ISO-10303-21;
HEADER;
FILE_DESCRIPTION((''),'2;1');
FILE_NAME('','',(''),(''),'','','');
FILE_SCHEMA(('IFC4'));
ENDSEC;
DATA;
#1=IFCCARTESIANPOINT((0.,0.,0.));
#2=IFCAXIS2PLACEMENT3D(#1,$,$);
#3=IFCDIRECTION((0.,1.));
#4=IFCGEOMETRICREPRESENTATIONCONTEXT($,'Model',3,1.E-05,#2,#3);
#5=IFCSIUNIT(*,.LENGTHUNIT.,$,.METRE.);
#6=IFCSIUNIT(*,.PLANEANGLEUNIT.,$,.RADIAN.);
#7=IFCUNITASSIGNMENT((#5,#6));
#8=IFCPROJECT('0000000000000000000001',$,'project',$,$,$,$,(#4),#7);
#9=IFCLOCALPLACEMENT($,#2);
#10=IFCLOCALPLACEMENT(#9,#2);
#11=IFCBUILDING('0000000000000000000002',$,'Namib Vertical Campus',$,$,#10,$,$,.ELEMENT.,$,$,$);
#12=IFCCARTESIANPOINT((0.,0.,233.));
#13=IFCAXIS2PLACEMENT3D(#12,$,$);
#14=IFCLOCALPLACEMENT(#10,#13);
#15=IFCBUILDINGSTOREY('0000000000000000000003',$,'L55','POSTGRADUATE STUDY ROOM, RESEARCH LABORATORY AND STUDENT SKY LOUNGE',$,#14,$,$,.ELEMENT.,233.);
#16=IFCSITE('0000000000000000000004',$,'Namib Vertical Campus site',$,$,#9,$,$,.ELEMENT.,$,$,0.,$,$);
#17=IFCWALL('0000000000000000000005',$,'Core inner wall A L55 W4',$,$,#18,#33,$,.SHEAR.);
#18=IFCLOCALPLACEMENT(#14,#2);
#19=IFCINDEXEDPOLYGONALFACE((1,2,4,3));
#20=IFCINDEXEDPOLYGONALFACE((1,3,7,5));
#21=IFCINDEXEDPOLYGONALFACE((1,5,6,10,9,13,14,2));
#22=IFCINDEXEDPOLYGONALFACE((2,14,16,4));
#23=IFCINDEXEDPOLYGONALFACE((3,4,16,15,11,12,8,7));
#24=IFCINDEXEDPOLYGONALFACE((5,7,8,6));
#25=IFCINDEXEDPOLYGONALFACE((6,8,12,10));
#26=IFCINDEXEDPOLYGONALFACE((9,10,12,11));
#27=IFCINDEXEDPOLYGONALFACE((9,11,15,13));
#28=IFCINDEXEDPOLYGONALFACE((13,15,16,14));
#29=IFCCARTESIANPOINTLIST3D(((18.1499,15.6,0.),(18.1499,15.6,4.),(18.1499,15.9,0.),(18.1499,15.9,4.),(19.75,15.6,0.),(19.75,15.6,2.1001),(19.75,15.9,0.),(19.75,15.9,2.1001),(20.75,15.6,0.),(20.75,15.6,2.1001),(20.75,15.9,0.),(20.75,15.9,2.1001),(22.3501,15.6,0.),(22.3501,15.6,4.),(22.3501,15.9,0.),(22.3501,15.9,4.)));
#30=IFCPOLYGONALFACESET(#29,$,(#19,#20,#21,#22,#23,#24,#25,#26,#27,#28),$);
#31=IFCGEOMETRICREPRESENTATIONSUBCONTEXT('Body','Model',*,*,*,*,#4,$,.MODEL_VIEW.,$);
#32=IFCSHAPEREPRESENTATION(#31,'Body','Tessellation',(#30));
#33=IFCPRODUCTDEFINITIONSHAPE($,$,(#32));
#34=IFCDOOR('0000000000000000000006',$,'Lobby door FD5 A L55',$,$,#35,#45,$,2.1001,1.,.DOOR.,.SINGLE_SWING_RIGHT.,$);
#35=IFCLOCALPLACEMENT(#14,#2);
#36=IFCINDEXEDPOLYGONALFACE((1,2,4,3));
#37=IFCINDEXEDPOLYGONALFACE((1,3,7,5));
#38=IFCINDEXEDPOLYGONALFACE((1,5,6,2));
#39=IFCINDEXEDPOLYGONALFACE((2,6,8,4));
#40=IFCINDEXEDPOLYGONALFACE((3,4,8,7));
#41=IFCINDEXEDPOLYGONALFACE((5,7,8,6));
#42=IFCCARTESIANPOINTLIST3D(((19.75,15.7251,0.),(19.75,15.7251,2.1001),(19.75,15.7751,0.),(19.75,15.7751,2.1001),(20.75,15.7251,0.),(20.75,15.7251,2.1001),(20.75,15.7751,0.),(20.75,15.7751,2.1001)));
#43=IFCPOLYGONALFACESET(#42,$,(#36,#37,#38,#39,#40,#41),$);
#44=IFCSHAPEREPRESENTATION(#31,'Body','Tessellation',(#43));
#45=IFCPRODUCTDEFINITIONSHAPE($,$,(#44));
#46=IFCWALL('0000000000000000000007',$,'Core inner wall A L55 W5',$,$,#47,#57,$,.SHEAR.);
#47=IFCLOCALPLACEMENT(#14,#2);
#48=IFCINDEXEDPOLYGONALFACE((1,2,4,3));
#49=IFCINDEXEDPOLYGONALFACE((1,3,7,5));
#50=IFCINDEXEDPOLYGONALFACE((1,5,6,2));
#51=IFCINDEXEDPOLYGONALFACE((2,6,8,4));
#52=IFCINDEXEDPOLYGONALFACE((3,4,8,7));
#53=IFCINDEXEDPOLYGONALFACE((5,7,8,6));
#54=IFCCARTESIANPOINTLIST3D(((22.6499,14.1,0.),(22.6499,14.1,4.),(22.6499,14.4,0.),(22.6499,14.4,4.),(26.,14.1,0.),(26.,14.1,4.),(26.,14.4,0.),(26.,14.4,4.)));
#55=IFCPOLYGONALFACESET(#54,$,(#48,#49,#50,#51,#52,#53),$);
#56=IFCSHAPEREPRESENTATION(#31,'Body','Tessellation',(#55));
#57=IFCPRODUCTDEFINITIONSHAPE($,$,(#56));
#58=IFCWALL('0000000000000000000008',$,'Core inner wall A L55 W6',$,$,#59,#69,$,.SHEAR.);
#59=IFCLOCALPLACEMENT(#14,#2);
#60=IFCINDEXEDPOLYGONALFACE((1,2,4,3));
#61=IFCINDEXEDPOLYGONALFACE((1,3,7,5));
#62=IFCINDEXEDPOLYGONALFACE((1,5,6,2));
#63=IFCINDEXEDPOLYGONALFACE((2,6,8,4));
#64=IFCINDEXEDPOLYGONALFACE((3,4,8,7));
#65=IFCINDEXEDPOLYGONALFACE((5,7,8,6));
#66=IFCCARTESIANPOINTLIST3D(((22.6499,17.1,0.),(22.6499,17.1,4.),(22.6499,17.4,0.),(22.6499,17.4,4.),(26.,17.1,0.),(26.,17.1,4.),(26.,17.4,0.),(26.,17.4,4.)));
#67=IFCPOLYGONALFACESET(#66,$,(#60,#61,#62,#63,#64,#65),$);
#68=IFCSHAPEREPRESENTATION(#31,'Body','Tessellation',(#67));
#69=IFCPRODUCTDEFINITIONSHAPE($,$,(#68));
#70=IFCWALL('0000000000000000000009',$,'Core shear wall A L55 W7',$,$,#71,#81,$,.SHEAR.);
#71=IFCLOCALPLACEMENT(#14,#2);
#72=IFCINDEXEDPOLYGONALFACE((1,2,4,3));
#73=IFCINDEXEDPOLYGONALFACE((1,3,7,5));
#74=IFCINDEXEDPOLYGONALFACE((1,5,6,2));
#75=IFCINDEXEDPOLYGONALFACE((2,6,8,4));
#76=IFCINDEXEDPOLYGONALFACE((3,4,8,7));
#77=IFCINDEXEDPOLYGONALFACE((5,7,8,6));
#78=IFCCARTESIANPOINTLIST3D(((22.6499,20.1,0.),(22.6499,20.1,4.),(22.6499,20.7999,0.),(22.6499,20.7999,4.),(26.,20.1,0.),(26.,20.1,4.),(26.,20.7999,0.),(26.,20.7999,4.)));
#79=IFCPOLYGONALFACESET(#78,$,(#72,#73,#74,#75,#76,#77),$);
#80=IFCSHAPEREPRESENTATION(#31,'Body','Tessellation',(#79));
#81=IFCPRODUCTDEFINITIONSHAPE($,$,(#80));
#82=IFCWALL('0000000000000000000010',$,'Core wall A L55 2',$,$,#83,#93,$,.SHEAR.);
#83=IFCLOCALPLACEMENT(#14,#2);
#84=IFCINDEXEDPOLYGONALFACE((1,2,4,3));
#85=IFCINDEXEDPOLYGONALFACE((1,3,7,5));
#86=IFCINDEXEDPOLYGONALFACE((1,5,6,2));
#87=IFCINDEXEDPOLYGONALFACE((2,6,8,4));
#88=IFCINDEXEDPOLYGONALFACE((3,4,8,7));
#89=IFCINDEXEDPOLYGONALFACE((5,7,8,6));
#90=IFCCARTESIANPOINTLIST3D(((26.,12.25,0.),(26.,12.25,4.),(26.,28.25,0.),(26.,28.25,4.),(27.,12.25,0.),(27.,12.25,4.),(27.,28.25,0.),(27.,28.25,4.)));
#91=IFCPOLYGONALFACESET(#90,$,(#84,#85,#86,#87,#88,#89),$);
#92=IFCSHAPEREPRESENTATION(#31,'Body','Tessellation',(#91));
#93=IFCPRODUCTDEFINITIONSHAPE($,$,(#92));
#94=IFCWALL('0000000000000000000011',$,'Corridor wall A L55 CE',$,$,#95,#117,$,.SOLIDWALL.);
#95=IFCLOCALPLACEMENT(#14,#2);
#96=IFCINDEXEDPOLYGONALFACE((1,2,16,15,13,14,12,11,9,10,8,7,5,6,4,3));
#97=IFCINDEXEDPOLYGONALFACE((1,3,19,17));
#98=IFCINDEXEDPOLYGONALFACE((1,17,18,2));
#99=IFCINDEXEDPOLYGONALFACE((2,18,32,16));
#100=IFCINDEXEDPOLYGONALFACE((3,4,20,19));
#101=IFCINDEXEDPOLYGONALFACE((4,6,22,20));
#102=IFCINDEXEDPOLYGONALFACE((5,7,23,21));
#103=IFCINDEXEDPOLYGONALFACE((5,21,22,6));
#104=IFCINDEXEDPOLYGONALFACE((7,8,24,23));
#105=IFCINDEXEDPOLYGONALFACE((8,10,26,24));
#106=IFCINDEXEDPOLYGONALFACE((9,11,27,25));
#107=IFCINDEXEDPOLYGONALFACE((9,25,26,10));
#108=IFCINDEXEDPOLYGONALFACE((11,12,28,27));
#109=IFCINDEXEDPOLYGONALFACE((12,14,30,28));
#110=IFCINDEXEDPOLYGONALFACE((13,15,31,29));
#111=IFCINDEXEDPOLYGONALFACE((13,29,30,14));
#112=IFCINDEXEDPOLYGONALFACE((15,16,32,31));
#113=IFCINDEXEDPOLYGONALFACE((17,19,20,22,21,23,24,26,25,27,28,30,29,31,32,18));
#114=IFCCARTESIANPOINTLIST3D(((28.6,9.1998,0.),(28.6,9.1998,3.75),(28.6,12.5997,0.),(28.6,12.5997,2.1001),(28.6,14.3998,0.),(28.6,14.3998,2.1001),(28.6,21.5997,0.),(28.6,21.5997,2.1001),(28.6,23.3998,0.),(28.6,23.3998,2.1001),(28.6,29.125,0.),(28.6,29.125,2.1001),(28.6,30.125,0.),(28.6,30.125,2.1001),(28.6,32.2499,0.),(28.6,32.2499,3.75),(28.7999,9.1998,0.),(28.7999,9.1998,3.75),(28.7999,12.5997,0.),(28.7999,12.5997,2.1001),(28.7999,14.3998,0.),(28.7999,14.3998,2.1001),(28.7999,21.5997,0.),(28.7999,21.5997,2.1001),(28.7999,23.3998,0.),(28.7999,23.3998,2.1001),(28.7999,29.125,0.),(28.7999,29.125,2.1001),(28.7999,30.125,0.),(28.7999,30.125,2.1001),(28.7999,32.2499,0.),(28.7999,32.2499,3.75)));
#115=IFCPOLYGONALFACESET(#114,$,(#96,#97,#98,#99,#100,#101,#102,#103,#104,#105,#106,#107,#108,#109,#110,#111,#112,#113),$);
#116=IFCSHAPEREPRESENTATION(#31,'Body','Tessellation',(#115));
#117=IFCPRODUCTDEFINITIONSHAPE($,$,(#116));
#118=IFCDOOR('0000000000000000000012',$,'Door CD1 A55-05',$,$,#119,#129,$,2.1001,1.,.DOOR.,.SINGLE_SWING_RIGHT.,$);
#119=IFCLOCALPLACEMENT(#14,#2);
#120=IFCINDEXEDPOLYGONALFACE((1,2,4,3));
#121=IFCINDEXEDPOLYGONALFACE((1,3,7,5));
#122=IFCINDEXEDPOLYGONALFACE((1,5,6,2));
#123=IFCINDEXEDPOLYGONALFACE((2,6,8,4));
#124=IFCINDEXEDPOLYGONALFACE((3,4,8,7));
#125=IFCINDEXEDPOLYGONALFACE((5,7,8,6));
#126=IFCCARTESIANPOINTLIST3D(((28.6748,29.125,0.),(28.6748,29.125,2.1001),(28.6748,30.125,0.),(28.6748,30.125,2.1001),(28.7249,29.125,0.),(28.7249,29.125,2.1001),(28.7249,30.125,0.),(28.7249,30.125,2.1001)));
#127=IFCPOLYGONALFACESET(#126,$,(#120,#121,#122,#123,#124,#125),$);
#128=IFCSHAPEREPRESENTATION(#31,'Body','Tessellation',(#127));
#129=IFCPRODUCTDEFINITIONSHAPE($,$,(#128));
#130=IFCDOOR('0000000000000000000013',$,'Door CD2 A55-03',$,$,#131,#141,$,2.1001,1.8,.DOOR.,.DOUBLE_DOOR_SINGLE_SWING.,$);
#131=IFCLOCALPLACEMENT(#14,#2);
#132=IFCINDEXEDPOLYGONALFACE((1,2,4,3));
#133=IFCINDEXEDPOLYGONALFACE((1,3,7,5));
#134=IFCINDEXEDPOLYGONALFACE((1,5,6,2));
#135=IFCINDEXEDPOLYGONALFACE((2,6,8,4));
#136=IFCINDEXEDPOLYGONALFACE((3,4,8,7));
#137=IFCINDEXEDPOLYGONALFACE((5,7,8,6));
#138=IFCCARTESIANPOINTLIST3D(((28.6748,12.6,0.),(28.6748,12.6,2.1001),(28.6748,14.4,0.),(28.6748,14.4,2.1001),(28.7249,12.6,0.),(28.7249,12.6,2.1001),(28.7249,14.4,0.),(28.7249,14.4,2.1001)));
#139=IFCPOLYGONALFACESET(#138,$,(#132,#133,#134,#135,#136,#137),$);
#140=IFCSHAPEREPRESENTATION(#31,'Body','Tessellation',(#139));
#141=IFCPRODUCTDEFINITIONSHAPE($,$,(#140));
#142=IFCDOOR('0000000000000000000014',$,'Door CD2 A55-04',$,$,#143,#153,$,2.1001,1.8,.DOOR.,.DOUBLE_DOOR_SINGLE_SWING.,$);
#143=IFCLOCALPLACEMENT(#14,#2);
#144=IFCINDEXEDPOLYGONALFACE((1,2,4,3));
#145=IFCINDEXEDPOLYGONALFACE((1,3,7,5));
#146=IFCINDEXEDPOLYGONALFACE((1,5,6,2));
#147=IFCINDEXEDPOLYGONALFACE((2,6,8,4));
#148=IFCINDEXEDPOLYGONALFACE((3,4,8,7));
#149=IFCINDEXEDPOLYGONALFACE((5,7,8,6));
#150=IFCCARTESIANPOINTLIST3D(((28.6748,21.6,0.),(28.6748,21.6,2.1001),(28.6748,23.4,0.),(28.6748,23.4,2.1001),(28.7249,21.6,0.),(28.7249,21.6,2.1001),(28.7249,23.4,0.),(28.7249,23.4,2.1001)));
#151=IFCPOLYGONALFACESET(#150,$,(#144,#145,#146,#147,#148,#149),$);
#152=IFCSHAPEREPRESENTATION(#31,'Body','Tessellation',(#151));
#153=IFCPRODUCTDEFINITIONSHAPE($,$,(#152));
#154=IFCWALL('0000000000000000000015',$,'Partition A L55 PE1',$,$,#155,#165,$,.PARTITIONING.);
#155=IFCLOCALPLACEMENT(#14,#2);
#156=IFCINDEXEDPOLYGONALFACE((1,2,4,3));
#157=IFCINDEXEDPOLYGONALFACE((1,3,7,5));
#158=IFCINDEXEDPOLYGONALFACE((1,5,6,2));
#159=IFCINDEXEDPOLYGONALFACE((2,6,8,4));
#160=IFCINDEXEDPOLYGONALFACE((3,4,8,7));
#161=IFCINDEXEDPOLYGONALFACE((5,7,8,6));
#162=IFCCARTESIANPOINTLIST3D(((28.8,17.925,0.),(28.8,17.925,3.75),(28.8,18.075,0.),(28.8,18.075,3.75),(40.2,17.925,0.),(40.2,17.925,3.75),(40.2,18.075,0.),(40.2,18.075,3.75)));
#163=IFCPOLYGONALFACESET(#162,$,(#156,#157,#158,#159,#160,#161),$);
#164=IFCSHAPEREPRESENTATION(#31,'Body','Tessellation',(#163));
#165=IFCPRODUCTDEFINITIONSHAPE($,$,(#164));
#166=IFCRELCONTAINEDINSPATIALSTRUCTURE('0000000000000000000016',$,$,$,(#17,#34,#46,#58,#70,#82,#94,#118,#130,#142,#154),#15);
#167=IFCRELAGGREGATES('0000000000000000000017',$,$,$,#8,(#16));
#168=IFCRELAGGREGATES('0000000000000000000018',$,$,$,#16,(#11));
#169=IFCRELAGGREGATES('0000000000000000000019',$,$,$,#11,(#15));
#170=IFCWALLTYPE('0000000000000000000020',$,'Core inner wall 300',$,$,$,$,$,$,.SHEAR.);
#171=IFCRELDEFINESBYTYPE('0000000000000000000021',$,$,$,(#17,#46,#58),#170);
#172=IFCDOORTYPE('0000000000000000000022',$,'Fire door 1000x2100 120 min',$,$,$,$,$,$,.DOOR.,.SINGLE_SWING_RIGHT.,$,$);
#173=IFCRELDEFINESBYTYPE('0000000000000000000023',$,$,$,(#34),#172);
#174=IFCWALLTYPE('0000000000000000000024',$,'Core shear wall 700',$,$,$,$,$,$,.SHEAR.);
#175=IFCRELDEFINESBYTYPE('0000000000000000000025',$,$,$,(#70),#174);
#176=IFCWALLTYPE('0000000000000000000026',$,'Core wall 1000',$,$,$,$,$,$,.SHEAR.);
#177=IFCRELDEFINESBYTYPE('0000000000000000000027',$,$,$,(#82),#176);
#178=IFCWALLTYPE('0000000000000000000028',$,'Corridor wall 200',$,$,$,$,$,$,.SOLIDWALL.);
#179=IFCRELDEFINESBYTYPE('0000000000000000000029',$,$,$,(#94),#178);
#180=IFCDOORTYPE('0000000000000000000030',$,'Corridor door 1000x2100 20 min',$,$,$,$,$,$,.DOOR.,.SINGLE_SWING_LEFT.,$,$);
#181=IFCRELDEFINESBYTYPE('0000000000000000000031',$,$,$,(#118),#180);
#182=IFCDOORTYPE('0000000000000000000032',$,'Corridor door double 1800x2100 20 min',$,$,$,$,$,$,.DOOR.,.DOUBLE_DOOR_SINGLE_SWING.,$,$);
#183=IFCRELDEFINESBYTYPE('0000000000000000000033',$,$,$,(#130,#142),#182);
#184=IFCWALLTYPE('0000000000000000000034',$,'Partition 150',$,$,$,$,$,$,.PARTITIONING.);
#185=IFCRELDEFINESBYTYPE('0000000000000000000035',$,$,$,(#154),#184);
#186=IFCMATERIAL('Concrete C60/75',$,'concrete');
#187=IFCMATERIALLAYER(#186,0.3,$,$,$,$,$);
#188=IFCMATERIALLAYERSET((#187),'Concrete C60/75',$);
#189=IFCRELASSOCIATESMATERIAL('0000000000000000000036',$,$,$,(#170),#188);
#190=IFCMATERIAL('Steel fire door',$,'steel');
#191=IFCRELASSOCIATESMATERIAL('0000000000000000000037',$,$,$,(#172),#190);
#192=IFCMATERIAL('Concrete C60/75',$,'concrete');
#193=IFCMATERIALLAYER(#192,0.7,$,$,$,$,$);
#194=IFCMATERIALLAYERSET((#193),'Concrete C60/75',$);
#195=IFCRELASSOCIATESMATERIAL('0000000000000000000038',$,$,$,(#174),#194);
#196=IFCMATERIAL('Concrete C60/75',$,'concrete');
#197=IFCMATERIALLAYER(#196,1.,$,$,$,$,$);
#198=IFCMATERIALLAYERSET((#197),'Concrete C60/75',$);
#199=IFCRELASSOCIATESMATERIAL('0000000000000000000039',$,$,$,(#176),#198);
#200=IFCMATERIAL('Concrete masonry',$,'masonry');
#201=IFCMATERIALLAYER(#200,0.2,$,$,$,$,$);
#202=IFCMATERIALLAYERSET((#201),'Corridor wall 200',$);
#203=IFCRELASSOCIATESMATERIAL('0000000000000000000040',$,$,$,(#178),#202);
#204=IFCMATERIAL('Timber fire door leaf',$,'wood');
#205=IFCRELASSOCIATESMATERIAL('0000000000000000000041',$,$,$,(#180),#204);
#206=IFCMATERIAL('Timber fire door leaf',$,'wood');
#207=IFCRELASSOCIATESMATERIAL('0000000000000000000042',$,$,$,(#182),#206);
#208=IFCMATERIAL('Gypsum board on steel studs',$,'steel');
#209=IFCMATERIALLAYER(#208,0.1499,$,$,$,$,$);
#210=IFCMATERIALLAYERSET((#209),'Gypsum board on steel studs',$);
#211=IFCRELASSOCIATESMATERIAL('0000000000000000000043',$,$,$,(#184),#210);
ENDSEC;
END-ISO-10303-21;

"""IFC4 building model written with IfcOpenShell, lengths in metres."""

from ifc_helpers import new_model, si_unit, direction, frame, frame_2d, origin, place, context, subcontext, project, spatial, rectangle, extrude, material, layer, layer_set, type_object, element, fill, save


model = new_model("IFC4")

# Units and contexts
model_context = context("Model", 3, precision=1e-05, world=origin(), true_north=direction((0.0, 1.0)))
body_context = subcontext(model_context, "Body", "Model", "MODEL_VIEW")
ifc_project = project(units=[si_unit("LENGTHUNIT", "METRE"), si_unit("PLANEANGLEUNIT", "RADIAN")], contexts=[model_context])

# Site, building, storey
site_placement = place(None, origin())
site = spatial("IfcSite", under=ifc_project, at=site_placement, Name="Namib Vertical Campus site", CompositionType="ELEMENT", RefElevation=0.0)
building_placement = place(site_placement, origin())
building = spatial("IfcBuilding", under=site, at=building_placement, Name="Namib Vertical Campus", CompositionType="ELEMENT")
storey_placement = place(building_placement, frame((0.0, 0.0, 233.0)))
storey = spatial("IfcBuildingStorey", under=building, at=storey_placement, Name="L55", Description="POSTGRADUATE STUDY ROOM, RESEARCH LABORATORY AND STUDENT SKY LOUNGE", CompositionType="ELEMENT", Elevation=233.0)

# Shared definitions
ifc_material_1 = material(Name="Concrete C60/75", Category="concrete")
ifc_layer_1 = layer(ifc_material_1, 0.3)
ifc_layer_set_1 = layer_set([ifc_layer_1], Name="Concrete C60/75")
wall_type_1 = type_object("IfcWallType", Name="Core inner wall 300", PredefinedType="SHEAR", material=ifc_layer_set_1)

# Wall, opening, door
wall_1_placement = place(storey_placement, frame((18.1499, 15.75, 0.0), z_axis=(0.0, 0.0, 1.0), x_axis=(1.0, 0.0, 0.0)))
wall_1 = element("IfcWall", 1, at=wall_1_placement, inside=storey, type_object=wall_type_1, Name="Core inner wall A L55 W4", PredefinedType="SHEAR", context=body_context, shape_type="SweptSolid", body=[
    extrude(rectangle(XDim=4.2002, YDim=0.3, at=frame_2d((2.1001, 0.0))), origin(), (0.0, 0.0, 1.0), 4.0),
])
opening_1_placement = place(wall_1_placement, frame((1.6001, 0.0, 0.0)))
opening_1 = element("IfcOpeningElement", 2, at=opening_1_placement, cuts=wall_1, PredefinedType="OPENING", context=body_context, shape_type="SweptSolid", body=[
    extrude(rectangle(XDim=1.0, YDim=2.1001, at=frame_2d((0.5, 1.05))), frame((0.0, 0.1599, 0.0), z_axis=(0.0, -1.0, 0.0), x_axis=(1.0, 0.0, 0.0)), (0.0, 0.0, 1.0), 0.3201),
])
ifc_material_2 = material(Name="Steel fire door", Category="steel")
door_type_1 = type_object("IfcDoorType", Name="Fire door 1000x2100 120 min", OperationType="SINGLE_SWING_RIGHT", PredefinedType="DOOR", material=ifc_material_2)
door_1_placement = place(opening_1_placement, frame((1.0, 0.0, 0.0), z_axis=(0.0, 0.0, 1.0), x_axis=(-1.0, 0.0, 0.0)))
door_1 = element("IfcDoor", 3, at=door_1_placement, inside=storey, type_object=door_type_1, Name="Lobby door FD5 A L55", OperationType="SINGLE_SWING_RIGHT", OverallHeight=2.1001, OverallWidth=1.0, PredefinedType="DOOR", context=body_context, shape_type="SweptSolid", body=[
    extrude(rectangle(XDim=1.0, YDim=2.1001, at=frame_2d((0.5, 1.05))), frame((0.0, 0.0249, 0.0), z_axis=(0.0, -1.0, 0.0), x_axis=(1.0, 0.0, 0.0)), (0.0, 0.0, 1.0), 0.05),
])
fill(opening_1, door_1)

# Walls
for number, where, z_axis, x_axis, name in (
    (4, (22.6499, 14.25, 0.0), (0.0, 0.0, 1.0), (1.0, 0.0, 0.0), "Core inner wall A L55 W5"),
    (5, (22.6499, 17.25, 0.0), (0.0, 0.0, 1.0), (1.0, 0.0, 0.0), "Core inner wall A L55 W6"),
):
    element("IfcWall", number, at=place(storey_placement, frame(where, z_axis=z_axis, x_axis=x_axis)), inside=storey, type_object=wall_type_1, Name=name, PredefinedType="SHEAR", context=body_context, shape_type="SweptSolid", body=[
        extrude(rectangle(XDim=3.3501, YDim=0.3, at=frame_2d((1.675, 0.0))), origin(), (0.0, 0.0, 1.0), 4.0),
    ])
ifc_material_3 = material(Name="Concrete C60/75", Category="concrete")
ifc_layer_2 = layer(ifc_material_3, 0.7)
ifc_layer_set_2 = layer_set([ifc_layer_2], Name="Concrete C60/75")
wall_type_2 = type_object("IfcWallType", Name="Core shear wall 700", PredefinedType="SHEAR", material=ifc_layer_set_2)
wall_2_placement = place(storey_placement, frame((22.6499, 20.45, 0.0), z_axis=(0.0, 0.0, 1.0), x_axis=(1.0, 0.0, 0.0)))
element("IfcWall", 6, at=wall_2_placement, inside=storey, type_object=wall_type_2, Name="Core shear wall A L55 W7", PredefinedType="SHEAR", context=body_context, shape_type="SweptSolid", body=[
    extrude(rectangle(XDim=3.3501, YDim=0.7, at=frame_2d((1.675, 0.0))), origin(), (0.0, 0.0, 1.0), 4.0),
])
ifc_material_4 = material(Name="Concrete C60/75", Category="concrete")
ifc_layer_3 = layer(ifc_material_4, 1.0)
ifc_layer_set_3 = layer_set([ifc_layer_3], Name="Concrete C60/75")
wall_type_3 = type_object("IfcWallType", Name="Core wall 1000", PredefinedType="SHEAR", material=ifc_layer_set_3)
wall_3_placement = place(storey_placement, frame((26.5, 12.25, 0.0), z_axis=(0.0, 0.0, 1.0), x_axis=(0.0, 1.0, 0.0)))
element("IfcWall", 7, at=wall_3_placement, inside=storey, type_object=wall_type_3, Name="Core wall A L55 2", PredefinedType="SHEAR", context=body_context, shape_type="SweptSolid", body=[
    extrude(rectangle(XDim=16.0, YDim=1.0, at=frame_2d((8.0, 0.0))), origin(), (0.0, 0.0, 1.0), 4.0),
])

# Wall, openings, doors
ifc_material_5 = material(Name="Concrete masonry", Category="masonry")
ifc_layer_4 = layer(ifc_material_5, 0.2)
ifc_layer_set_4 = layer_set([ifc_layer_4], Name="Corridor wall 200")
wall_type_4 = type_object("IfcWallType", Name="Corridor wall 200", PredefinedType="SOLIDWALL", material=ifc_layer_set_4)
wall_4_placement = place(storey_placement, frame((28.7, 9.2, 0.0), z_axis=(0.0, 0.0, 1.0), x_axis=(0.0, 1.0, 0.0)))
wall_4 = element("IfcWall", 8, at=wall_4_placement, inside=storey, type_object=wall_type_4, Name="Corridor wall A L55 CE", PredefinedType="SOLIDWALL", context=body_context, shape_type="SweptSolid", body=[
    extrude(rectangle(XDim=23.05, YDim=0.2, at=frame_2d((11.5249, 0.0))), origin(), (0.0, 0.0, 1.0), 3.75),
])
opening_2_placement = place(wall_4_placement, frame((3.3999, 0.0, 0.0)))
opening_2 = element("IfcOpeningElement", 9, at=opening_2_placement, cuts=wall_4, PredefinedType="OPENING", context=body_context, shape_type="SweptSolid", body=[
    extrude(rectangle(XDim=1.8, YDim=2.1001, at=frame_2d((0.8999, 1.05))), frame((0.0, 0.1099, 0.0), z_axis=(0.0, -1.0, 0.0), x_axis=(1.0, 0.0, 0.0)), (0.0, 0.0, 1.0), 0.22),
])
opening_3_placement = place(wall_4_placement, frame((12.3999, 0.0, 0.0)))
opening_3 = element("IfcOpeningElement", 10, at=opening_3_placement, cuts=wall_4, PredefinedType="OPENING", context=body_context, shape_type="SweptSolid", body=[
    extrude(rectangle(XDim=1.8, YDim=2.1001, at=frame_2d((0.8999, 1.05))), frame((0.0, 0.1099, 0.0), z_axis=(0.0, -1.0, 0.0), x_axis=(1.0, 0.0, 0.0)), (0.0, 0.0, 1.0), 0.22),
])
opening_4_placement = place(wall_4_placement, frame((19.925, 0.0, 0.0)))
opening_4 = element("IfcOpeningElement", 11, at=opening_4_placement, cuts=wall_4, PredefinedType="OPENING", context=body_context, shape_type="SweptSolid", body=[
    extrude(rectangle(XDim=1.0, YDim=2.1001, at=frame_2d((0.5, 1.05))), frame((0.0, 0.1099, 0.0), z_axis=(0.0, -1.0, 0.0), x_axis=(1.0, 0.0, 0.0)), (0.0, 0.0, 1.0), 0.22),
])
ifc_material_6 = material(Name="Timber fire door leaf", Category="wood")
door_type_2 = type_object("IfcDoorType", Name="Corridor door 1000x2100 20 min", OperationType="SINGLE_SWING_LEFT", PredefinedType="DOOR", material=ifc_material_6)
door_2_placement = place(opening_4_placement, frame((1.0, 0.0, 0.0), z_axis=(0.0, 0.0, 1.0), x_axis=(-1.0, 0.0, 0.0)))
door_2 = element("IfcDoor", 12, at=door_2_placement, inside=storey, type_object=door_type_2, Name="Door CD1 A55-05", OperationType="SINGLE_SWING_RIGHT", OverallHeight=2.1001, OverallWidth=1.0, PredefinedType="DOOR", context=body_context, shape_type="SweptSolid", body=[
    extrude(rectangle(XDim=1.0, YDim=2.1001, at=frame_2d((0.5, 1.05))), frame((0.0, 0.0249, 0.0), z_axis=(0.0, -1.0, 0.0), x_axis=(1.0, 0.0, 0.0)), (0.0, 0.0, 1.0), 0.05),
])
fill(opening_4, door_2)
ifc_material_7 = material(Name="Timber fire door leaf", Category="wood")
door_type_3 = type_object("IfcDoorType", Name="Corridor door double 1800x2100 20 min", OperationType="DOUBLE_DOOR_SINGLE_SWING", PredefinedType="DOOR", material=ifc_material_7)
door_3_placement = place(opening_2_placement, frame((1.8, 0.0, 0.0), z_axis=(0.0, 0.0, 1.0), x_axis=(-1.0, 0.0, 0.0)))
door_3 = element("IfcDoor", 13, at=door_3_placement, inside=storey, type_object=door_type_3, Name="Door CD2 A55-03", OperationType="DOUBLE_DOOR_SINGLE_SWING", OverallHeight=2.1001, OverallWidth=1.8, PredefinedType="DOOR", context=body_context, shape_type="SweptSolid", body=[
    extrude(rectangle(XDim=1.8, YDim=2.1001, at=frame_2d((0.8999, 1.05))), frame((0.0, 0.0249, 0.0), z_axis=(0.0, -1.0, 0.0), x_axis=(1.0, 0.0, 0.0)), (0.0, 0.0, 1.0), 0.05),
])
fill(opening_2, door_3)
door_4_placement = place(opening_3_placement, frame((1.8, 0.0, 0.0), z_axis=(0.0, 0.0, 1.0), x_axis=(-1.0, 0.0, 0.0)))
door_4 = element("IfcDoor", 14, at=door_4_placement, inside=storey, type_object=door_type_3, Name="Door CD2 A55-04", OperationType="DOUBLE_DOOR_SINGLE_SWING", OverallHeight=2.1001, OverallWidth=1.8, PredefinedType="DOOR", context=body_context, shape_type="SweptSolid", body=[
    extrude(rectangle(XDim=1.8, YDim=2.1001, at=frame_2d((0.8999, 1.05))), frame((0.0, 0.0249, 0.0), z_axis=(0.0, -1.0, 0.0), x_axis=(1.0, 0.0, 0.0)), (0.0, 0.0, 1.0), 0.05),
])
fill(opening_3, door_4)

# Wall
ifc_material_8 = material(Name="Gypsum board on steel studs", Category="steel")
ifc_layer_5 = layer(ifc_material_8, 0.1499)
ifc_layer_set_5 = layer_set([ifc_layer_5], Name="Gypsum board on steel studs")
wall_type_5 = type_object("IfcWallType", Name="Partition 150", PredefinedType="PARTITIONING", material=ifc_layer_set_5)
wall_5_placement = place(storey_placement, frame((28.8, 18.0, 0.0), z_axis=(0.0, 0.0, 1.0), x_axis=(1.0, 0.0, 0.0)))
element("IfcWall", 15, at=wall_5_placement, inside=storey, type_object=wall_type_5, Name="Partition A L55 PE1", PredefinedType="PARTITIONING", context=body_context, shape_type="SweptSolid", body=[
    extrude(rectangle(XDim=11.3999, YDim=0.1499, at=frame_2d((5.7, 0.0))), origin(), (0.0, 0.0, 1.0), 3.75),
])

save(model, "model.ifc")
